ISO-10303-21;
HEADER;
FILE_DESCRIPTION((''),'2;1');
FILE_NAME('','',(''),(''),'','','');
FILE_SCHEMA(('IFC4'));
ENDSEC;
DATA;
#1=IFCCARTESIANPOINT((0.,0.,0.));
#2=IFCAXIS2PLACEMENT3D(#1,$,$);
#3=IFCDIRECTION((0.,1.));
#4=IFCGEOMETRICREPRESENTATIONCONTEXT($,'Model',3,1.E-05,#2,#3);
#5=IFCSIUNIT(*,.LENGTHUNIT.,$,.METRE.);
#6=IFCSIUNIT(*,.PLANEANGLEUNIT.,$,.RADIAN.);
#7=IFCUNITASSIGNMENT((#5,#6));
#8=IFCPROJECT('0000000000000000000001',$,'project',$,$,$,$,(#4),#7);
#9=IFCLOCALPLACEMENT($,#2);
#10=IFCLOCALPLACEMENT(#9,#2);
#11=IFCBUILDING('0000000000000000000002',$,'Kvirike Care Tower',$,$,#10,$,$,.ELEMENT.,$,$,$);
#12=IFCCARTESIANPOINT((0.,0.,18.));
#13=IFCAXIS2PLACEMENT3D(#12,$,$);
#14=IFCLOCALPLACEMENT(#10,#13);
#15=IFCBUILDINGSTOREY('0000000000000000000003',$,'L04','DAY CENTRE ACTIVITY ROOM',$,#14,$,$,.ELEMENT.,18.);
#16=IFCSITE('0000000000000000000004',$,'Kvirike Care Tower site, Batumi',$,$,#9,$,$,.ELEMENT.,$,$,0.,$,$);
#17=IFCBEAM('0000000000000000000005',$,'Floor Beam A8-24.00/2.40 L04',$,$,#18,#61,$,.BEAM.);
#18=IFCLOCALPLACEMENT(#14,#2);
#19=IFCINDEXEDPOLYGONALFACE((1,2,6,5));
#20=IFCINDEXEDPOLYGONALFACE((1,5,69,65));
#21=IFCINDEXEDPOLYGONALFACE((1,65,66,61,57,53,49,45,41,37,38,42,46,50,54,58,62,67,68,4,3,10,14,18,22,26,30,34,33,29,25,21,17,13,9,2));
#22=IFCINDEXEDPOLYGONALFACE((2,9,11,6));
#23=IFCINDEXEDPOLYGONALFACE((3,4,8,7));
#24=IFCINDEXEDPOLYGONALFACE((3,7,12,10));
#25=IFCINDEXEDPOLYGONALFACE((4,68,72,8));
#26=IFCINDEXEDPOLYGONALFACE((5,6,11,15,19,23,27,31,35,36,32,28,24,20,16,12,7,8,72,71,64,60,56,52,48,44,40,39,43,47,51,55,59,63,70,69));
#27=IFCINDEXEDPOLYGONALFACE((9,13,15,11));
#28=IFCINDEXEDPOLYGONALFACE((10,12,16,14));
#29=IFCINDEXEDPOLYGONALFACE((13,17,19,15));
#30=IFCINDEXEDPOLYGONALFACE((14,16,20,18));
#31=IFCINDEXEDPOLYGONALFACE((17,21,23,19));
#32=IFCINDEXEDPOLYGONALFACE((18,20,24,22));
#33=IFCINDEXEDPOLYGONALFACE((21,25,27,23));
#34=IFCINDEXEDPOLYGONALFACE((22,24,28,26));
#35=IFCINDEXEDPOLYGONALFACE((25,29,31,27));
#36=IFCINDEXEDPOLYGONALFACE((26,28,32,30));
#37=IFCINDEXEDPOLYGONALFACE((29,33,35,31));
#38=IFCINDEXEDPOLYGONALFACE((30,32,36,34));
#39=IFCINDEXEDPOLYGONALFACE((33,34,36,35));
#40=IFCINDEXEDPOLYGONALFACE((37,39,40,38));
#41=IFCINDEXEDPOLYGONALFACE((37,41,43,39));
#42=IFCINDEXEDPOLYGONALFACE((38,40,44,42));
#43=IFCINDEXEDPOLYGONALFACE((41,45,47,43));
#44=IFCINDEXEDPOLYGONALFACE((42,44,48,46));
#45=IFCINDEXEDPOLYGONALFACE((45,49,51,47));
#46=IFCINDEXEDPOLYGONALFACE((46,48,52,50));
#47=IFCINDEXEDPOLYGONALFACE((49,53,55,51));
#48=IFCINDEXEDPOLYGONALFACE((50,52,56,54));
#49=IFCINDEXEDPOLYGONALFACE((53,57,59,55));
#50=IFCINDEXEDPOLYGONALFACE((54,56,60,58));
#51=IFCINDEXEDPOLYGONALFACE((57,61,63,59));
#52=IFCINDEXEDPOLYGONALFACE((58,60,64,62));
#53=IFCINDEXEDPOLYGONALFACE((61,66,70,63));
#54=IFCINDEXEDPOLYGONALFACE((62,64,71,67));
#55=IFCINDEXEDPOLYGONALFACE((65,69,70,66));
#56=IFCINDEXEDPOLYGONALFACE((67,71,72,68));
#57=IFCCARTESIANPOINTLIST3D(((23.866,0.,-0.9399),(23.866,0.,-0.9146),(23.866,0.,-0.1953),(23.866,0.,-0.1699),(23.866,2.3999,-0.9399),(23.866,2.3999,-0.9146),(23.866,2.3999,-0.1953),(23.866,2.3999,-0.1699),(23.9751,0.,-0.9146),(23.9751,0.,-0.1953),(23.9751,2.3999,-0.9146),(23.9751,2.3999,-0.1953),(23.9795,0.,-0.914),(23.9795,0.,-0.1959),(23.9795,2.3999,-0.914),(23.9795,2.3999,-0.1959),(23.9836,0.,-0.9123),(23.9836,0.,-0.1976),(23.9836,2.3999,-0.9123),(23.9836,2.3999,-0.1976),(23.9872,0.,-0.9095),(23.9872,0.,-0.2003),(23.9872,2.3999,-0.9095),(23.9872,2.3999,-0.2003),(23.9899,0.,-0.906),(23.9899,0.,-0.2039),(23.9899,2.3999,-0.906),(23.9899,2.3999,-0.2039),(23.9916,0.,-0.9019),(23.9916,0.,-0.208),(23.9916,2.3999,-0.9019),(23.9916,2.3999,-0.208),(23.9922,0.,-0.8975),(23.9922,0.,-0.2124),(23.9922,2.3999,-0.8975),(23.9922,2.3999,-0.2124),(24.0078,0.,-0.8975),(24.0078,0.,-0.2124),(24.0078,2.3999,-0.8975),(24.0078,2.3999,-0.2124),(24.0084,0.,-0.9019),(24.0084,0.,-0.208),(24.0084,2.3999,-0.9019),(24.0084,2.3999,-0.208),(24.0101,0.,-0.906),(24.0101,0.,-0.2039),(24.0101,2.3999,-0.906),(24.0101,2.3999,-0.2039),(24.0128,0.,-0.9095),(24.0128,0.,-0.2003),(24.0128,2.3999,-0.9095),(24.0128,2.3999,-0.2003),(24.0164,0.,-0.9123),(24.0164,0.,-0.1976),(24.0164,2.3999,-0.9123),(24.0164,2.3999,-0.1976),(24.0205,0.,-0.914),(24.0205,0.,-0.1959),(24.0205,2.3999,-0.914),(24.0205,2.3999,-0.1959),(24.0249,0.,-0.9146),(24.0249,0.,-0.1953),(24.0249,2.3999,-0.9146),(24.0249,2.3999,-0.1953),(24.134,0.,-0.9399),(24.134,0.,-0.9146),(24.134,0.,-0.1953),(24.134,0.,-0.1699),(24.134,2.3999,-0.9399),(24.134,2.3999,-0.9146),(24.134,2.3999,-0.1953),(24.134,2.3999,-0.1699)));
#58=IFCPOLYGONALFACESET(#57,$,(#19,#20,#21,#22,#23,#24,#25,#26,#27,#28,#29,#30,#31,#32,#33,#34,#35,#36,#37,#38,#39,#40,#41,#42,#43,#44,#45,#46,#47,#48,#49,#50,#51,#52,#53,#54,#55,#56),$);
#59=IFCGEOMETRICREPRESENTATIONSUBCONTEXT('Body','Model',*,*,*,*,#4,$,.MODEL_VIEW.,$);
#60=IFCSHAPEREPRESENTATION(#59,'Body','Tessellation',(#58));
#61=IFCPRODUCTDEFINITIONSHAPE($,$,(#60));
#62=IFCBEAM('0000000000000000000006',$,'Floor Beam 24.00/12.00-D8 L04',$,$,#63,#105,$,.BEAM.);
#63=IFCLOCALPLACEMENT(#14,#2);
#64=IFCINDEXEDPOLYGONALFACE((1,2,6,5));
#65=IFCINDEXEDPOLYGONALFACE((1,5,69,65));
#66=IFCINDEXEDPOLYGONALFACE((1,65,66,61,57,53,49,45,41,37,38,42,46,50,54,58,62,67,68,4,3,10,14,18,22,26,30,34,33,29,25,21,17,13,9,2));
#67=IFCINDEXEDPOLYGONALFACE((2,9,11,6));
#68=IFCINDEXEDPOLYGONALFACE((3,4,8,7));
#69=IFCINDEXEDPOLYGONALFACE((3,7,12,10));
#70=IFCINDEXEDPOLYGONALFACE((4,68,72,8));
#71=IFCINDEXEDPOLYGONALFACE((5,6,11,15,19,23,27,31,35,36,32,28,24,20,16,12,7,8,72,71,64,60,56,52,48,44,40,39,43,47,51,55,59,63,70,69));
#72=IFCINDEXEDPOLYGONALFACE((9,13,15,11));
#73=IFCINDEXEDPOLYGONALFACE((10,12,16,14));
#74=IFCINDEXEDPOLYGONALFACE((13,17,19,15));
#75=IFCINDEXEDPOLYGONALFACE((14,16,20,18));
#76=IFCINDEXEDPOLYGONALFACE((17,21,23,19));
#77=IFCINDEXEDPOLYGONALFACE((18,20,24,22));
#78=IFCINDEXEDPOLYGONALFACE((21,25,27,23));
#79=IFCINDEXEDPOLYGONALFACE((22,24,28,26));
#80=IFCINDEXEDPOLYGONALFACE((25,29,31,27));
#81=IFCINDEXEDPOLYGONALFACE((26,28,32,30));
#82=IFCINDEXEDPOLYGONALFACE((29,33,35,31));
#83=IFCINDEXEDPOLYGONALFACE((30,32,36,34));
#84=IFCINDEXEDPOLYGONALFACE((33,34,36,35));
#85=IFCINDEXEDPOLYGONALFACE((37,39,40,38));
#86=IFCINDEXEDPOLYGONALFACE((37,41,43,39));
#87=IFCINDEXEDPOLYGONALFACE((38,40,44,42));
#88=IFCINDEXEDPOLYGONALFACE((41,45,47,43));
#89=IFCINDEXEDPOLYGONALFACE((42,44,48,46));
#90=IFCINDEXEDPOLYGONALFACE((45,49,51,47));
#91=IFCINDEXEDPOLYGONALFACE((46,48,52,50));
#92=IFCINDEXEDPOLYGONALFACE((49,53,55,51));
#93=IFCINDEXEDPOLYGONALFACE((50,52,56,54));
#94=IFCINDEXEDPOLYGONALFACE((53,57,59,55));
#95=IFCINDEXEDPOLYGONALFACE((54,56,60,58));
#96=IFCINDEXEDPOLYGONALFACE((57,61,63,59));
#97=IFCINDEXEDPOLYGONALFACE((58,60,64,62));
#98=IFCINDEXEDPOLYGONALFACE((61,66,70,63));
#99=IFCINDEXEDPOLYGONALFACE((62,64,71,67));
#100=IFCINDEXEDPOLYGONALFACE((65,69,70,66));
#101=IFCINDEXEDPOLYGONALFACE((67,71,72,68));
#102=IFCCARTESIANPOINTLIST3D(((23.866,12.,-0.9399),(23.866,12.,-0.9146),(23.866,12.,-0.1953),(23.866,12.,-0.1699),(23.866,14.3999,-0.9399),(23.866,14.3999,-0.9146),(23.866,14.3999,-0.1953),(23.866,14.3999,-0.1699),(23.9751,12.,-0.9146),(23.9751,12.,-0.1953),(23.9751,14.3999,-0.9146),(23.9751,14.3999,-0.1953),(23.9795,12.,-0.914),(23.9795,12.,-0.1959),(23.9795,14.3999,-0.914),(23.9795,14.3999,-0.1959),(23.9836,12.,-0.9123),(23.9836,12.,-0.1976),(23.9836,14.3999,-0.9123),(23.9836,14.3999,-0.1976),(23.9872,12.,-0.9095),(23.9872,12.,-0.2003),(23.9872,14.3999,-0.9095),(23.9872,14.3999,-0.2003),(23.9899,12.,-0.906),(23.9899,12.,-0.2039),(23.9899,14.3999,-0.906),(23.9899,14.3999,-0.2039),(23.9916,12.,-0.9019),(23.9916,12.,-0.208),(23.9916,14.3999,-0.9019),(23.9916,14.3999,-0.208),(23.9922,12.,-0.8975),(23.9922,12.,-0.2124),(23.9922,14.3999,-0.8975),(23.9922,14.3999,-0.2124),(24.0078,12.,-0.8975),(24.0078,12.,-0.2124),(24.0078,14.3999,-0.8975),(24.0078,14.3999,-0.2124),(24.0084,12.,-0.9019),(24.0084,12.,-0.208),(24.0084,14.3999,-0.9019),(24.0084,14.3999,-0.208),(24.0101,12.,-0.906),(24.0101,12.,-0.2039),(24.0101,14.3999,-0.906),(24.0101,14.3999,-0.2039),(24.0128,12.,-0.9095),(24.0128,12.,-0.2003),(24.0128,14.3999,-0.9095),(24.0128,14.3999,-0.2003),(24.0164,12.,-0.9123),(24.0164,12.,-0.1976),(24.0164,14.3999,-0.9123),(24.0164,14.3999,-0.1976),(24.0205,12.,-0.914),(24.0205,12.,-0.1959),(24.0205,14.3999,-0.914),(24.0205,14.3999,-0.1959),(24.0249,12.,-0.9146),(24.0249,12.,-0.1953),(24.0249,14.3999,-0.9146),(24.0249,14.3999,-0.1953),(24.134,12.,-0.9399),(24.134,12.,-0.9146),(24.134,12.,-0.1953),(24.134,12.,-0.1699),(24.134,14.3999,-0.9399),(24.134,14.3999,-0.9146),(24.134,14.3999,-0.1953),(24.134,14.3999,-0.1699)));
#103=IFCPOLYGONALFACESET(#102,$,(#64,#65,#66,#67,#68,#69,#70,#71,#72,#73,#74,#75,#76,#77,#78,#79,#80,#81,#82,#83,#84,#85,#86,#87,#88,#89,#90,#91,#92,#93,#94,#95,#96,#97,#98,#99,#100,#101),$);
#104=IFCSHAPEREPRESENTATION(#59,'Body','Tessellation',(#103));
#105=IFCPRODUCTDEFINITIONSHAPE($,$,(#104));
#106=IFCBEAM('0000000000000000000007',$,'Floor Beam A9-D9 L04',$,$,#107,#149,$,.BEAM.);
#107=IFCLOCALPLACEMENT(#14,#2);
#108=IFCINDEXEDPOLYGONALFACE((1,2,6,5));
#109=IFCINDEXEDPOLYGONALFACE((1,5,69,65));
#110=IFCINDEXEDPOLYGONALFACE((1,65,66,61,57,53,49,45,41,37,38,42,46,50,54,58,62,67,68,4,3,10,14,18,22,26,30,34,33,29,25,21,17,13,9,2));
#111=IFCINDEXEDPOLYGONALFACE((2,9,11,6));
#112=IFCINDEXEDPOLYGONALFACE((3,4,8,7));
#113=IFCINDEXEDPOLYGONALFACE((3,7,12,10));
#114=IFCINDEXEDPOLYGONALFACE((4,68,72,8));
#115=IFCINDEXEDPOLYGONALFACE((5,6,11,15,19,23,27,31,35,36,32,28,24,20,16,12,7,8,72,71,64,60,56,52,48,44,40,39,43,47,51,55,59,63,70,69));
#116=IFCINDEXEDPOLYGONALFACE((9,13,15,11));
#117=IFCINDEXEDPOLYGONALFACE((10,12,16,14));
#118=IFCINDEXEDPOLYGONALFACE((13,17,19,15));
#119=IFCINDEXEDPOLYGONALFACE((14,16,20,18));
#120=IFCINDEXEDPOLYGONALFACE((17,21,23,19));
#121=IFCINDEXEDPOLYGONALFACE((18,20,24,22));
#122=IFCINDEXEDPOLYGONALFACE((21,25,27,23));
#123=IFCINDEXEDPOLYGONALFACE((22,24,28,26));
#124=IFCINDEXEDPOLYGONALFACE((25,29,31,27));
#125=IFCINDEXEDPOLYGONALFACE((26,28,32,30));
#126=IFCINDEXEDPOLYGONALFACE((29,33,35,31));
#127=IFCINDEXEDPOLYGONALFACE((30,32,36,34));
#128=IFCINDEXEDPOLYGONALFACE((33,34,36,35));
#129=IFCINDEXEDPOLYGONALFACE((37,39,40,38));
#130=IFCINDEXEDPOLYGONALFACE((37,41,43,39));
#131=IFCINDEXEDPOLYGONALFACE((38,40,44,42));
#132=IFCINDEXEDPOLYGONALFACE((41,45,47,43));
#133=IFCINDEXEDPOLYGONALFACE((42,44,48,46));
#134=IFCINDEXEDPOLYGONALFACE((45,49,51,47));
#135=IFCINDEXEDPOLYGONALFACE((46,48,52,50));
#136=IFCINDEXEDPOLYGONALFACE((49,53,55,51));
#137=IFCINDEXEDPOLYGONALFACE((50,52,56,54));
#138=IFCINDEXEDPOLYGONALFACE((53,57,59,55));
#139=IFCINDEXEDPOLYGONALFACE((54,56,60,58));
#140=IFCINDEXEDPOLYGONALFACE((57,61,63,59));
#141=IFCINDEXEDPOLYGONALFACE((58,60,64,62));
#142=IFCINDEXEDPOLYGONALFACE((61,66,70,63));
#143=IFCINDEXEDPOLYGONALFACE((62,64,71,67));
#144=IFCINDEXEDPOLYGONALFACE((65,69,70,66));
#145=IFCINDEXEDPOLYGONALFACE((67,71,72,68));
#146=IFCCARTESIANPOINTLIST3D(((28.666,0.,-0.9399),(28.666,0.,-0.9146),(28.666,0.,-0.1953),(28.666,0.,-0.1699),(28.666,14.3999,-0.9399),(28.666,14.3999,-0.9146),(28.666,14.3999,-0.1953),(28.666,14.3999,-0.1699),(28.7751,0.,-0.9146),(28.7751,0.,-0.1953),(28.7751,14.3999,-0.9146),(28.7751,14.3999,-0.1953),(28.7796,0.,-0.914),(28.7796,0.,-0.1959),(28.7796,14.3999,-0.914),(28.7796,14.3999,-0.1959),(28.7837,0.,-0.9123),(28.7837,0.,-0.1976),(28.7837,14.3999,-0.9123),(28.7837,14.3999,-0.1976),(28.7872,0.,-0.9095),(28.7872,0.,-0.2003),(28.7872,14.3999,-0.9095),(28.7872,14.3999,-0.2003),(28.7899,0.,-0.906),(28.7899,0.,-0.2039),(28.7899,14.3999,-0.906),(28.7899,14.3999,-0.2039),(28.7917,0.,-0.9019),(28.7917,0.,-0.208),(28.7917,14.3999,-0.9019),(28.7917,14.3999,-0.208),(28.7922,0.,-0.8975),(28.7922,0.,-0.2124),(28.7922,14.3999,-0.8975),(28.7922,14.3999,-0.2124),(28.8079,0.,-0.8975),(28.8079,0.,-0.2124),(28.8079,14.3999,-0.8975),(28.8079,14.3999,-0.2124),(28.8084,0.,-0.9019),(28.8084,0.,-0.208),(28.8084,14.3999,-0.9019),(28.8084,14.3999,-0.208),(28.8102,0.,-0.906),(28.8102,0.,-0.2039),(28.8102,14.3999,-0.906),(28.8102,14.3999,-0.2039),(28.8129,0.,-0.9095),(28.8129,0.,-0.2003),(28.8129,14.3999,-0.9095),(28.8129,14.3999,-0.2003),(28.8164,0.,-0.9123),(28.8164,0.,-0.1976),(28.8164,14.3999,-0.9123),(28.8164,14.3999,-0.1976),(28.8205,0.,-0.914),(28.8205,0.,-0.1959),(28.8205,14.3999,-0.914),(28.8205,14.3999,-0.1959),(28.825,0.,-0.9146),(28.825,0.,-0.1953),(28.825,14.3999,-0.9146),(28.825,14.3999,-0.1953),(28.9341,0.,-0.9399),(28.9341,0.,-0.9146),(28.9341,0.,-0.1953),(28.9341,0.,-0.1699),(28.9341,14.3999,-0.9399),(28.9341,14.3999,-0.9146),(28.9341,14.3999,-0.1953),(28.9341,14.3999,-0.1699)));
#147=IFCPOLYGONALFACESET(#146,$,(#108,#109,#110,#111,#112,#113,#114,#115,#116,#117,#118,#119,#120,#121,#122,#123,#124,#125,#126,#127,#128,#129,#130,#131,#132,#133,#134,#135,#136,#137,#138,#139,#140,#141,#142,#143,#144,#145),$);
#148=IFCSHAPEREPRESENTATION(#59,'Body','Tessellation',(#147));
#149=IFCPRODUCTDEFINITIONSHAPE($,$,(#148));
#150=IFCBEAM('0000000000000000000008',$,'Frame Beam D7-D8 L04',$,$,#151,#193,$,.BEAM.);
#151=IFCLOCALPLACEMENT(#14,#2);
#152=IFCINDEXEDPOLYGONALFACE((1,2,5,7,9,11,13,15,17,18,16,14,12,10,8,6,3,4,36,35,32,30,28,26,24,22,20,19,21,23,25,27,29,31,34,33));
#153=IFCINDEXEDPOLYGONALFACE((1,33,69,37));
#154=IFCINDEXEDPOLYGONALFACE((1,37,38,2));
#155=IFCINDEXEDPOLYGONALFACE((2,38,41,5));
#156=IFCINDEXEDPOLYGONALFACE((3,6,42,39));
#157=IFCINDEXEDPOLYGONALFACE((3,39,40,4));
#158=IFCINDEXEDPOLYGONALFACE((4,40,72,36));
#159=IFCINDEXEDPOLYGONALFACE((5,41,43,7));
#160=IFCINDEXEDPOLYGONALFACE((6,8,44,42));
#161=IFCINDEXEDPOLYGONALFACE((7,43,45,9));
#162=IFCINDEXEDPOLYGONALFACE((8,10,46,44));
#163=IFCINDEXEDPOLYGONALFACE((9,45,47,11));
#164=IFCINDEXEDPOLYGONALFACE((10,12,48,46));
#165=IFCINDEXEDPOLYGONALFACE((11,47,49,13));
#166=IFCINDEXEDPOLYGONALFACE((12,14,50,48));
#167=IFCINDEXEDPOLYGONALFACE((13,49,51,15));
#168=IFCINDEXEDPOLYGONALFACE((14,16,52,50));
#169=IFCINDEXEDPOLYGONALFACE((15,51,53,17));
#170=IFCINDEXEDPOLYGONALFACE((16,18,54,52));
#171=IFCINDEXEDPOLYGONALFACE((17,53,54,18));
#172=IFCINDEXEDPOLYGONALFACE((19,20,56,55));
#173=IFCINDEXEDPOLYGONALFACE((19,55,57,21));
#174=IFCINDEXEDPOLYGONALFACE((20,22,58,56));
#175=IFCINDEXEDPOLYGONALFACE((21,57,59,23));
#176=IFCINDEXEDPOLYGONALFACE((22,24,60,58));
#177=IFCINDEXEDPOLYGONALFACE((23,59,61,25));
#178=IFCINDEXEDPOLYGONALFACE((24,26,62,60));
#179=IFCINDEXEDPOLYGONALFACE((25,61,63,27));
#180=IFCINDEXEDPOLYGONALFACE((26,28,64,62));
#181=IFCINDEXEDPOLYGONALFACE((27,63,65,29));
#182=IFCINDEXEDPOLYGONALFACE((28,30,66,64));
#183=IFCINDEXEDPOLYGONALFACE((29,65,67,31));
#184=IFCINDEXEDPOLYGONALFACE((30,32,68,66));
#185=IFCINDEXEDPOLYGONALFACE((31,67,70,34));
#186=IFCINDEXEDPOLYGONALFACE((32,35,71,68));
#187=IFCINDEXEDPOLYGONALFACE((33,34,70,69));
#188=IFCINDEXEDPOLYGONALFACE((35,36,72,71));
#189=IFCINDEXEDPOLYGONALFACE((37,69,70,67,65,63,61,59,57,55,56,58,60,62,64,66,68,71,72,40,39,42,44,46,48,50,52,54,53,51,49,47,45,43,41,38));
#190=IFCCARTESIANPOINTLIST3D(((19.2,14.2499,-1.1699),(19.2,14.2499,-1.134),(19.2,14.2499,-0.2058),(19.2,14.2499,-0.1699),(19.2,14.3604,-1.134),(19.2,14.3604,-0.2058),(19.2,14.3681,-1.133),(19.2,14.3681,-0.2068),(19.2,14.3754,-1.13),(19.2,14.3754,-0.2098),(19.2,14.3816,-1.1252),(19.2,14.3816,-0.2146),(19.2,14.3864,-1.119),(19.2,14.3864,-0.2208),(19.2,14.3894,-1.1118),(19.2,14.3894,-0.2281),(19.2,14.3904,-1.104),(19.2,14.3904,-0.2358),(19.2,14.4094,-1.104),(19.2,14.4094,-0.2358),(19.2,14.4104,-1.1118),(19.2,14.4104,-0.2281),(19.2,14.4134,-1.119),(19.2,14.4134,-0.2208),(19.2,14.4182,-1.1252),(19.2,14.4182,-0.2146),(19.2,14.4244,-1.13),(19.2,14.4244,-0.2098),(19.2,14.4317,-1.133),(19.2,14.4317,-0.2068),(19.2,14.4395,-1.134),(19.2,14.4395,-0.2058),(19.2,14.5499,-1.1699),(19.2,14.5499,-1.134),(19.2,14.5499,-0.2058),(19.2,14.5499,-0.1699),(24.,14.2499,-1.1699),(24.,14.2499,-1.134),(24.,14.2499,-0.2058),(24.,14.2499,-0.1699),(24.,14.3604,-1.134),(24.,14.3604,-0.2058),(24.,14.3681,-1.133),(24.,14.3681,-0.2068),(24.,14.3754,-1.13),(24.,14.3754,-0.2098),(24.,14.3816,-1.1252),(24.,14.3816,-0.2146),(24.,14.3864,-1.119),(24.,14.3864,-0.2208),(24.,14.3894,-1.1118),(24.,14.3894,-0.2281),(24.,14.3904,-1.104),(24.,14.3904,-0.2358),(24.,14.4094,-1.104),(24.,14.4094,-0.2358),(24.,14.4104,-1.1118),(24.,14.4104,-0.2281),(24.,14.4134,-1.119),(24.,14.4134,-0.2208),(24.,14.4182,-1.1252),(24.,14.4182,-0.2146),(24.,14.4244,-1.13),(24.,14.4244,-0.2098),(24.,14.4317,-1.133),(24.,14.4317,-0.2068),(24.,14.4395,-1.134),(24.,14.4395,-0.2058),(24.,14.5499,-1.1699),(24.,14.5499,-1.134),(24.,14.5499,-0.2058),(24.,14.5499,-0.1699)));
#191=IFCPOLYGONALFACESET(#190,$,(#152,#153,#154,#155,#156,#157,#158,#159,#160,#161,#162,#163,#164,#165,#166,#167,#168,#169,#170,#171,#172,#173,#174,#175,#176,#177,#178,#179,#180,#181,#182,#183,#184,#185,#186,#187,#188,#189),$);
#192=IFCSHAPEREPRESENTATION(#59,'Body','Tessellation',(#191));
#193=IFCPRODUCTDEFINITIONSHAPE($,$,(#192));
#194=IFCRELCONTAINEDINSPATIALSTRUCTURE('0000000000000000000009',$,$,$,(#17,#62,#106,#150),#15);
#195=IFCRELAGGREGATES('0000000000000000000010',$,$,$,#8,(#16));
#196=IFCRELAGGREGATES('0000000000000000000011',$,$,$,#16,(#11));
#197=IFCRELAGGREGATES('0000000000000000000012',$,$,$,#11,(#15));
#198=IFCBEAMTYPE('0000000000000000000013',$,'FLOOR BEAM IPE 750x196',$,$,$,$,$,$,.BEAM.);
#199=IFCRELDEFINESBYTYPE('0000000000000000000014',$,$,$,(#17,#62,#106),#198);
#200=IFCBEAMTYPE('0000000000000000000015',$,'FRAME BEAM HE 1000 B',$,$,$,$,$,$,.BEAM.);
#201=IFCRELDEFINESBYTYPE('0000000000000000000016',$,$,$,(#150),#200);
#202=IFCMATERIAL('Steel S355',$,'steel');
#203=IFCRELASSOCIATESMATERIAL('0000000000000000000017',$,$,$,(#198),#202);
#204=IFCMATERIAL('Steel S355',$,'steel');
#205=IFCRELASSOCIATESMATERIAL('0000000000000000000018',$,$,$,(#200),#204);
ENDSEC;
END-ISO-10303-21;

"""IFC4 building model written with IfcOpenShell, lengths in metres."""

from ifc_helpers import new_model, si_unit, direction, frame, origin, origin_2d, place, context, subcontext, project, spatial, i_section, extrude, material, material_profile, profile_set, type_object, element, save


model = new_model("IFC4")

# Units and contexts
model_context = context("Model", 3, precision=1e-05, world=origin(), true_north=direction((0.0, 1.0)))
body_context = subcontext(model_context, "Body", "Model", "MODEL_VIEW")
ifc_project = project(units=[si_unit("LENGTHUNIT", "METRE"), si_unit("PLANEANGLEUNIT", "RADIAN")], contexts=[model_context])

# Site, building, storey
site_placement = place(None, origin())
site = spatial("IfcSite", under=ifc_project, at=site_placement, Name="Kvirike Care Tower site, Batumi", CompositionType="ELEMENT", RefElevation=0.0)
building_placement = place(site_placement, origin())
building = spatial("IfcBuilding", under=site, at=building_placement, Name="Kvirike Care Tower", CompositionType="ELEMENT")
storey_placement = place(building_placement, frame((0.0, 0.0, 18.0)))
storey = spatial("IfcBuildingStorey", under=building, at=storey_placement, Name="L04", Description="DAY CENTRE ACTIVITY ROOM", CompositionType="ELEMENT", Elevation=18.0)

# Beams
ifc_material_1 = material(Name="Steel S355", Category="steel")
ifc_material_profile_1 = material_profile(ifc_material_1, i_section(OverallWidth=0.2681, OverallDepth=0.77, WebThickness=0.0156, FlangeThickness=0.0254, FilletRadius=0.0171, at=origin_2d()), Name="IPE 750x196")
ifc_profile_set_1 = profile_set([ifc_material_profile_1], Name="Steel S355")
beam_type_1 = type_object("IfcBeamType", Name="FLOOR BEAM IPE 750x196", PredefinedType="BEAM", material=ifc_profile_set_1)
for number, where, z_axis, x_axis, name in (
    (1, (24.0, 0.0, -0.5549), (0.0, 1.0, 0.0), (-1.0, 0.0, 0.0), "Floor Beam A8-24.00/2.40 L04"),
    (2, (24.0, 12.0, -0.5549), (0.0, 1.0, 0.0), (-1.0, 0.0, 0.0), "Floor Beam 24.00/12.00-D8 L04"),
):
    element("IfcBeam", number, at=place(storey_placement, frame(where, z_axis=z_axis, x_axis=x_axis)), inside=storey, type_object=beam_type_1, Name=name, PredefinedType="BEAM", context=body_context, shape_type="SweptSolid", body=[
        extrude(i_section(OverallWidth=0.2681, OverallDepth=0.77, WebThickness=0.0156, FlangeThickness=0.0254, FilletRadius=0.0171, at=origin_2d()), origin(), (0.0, 0.0, 1.0), 2.3999),
    ])
beam_1_placement = place(storey_placement, frame((28.8, 0.0, -0.5549), z_axis=(0.0, 1.0, 0.0), x_axis=(-1.0, 0.0, 0.0)))
element("IfcBeam", 3, at=beam_1_placement, inside=storey, type_object=beam_type_1, Name="Floor Beam A9-D9 L04", PredefinedType="BEAM", context=body_context, shape_type="SweptSolid", body=[
    extrude(i_section(OverallWidth=0.2681, OverallDepth=0.77, WebThickness=0.0156, FlangeThickness=0.0254, FilletRadius=0.0171, at=origin_2d()), origin(), (0.0, 0.0, 1.0), 14.3999),
])
ifc_material_2 = material(Name="Steel S355", Category="steel")
ifc_material_profile_2 = material_profile(ifc_material_2, i_section(OverallWidth=0.3, OverallDepth=1.0, WebThickness=0.019, FlangeThickness=0.0359, FilletRadius=0.03, at=origin_2d()), Name="HE 1000 B")
ifc_profile_set_2 = profile_set([ifc_material_profile_2], Name="Steel S355")
beam_type_2 = type_object("IfcBeamType", Name="FRAME BEAM HE 1000 B", PredefinedType="BEAM", material=ifc_profile_set_2)
for number, where, z_axis, x_axis, name in (
    (4, (19.2, 14.3999, -0.6699), (1.0, 0.0, 0.0), (0.0, 1.0, 0.0), "Frame Beam D7-D8 L04"),
):
    element("IfcBeam", number, at=place(storey_placement, frame(where, z_axis=z_axis, x_axis=x_axis)), inside=storey, type_object=beam_type_2, Name=name, PredefinedType="BEAM", context=body_context, shape_type="SweptSolid", body=[
        extrude(i_section(OverallWidth=0.3, OverallDepth=1.0, WebThickness=0.019, FlangeThickness=0.0359, FilletRadius=0.03, at=origin_2d()), origin(), (0.0, 0.0, 1.0), 4.8),
    ])

save(model, "model.ifc")
